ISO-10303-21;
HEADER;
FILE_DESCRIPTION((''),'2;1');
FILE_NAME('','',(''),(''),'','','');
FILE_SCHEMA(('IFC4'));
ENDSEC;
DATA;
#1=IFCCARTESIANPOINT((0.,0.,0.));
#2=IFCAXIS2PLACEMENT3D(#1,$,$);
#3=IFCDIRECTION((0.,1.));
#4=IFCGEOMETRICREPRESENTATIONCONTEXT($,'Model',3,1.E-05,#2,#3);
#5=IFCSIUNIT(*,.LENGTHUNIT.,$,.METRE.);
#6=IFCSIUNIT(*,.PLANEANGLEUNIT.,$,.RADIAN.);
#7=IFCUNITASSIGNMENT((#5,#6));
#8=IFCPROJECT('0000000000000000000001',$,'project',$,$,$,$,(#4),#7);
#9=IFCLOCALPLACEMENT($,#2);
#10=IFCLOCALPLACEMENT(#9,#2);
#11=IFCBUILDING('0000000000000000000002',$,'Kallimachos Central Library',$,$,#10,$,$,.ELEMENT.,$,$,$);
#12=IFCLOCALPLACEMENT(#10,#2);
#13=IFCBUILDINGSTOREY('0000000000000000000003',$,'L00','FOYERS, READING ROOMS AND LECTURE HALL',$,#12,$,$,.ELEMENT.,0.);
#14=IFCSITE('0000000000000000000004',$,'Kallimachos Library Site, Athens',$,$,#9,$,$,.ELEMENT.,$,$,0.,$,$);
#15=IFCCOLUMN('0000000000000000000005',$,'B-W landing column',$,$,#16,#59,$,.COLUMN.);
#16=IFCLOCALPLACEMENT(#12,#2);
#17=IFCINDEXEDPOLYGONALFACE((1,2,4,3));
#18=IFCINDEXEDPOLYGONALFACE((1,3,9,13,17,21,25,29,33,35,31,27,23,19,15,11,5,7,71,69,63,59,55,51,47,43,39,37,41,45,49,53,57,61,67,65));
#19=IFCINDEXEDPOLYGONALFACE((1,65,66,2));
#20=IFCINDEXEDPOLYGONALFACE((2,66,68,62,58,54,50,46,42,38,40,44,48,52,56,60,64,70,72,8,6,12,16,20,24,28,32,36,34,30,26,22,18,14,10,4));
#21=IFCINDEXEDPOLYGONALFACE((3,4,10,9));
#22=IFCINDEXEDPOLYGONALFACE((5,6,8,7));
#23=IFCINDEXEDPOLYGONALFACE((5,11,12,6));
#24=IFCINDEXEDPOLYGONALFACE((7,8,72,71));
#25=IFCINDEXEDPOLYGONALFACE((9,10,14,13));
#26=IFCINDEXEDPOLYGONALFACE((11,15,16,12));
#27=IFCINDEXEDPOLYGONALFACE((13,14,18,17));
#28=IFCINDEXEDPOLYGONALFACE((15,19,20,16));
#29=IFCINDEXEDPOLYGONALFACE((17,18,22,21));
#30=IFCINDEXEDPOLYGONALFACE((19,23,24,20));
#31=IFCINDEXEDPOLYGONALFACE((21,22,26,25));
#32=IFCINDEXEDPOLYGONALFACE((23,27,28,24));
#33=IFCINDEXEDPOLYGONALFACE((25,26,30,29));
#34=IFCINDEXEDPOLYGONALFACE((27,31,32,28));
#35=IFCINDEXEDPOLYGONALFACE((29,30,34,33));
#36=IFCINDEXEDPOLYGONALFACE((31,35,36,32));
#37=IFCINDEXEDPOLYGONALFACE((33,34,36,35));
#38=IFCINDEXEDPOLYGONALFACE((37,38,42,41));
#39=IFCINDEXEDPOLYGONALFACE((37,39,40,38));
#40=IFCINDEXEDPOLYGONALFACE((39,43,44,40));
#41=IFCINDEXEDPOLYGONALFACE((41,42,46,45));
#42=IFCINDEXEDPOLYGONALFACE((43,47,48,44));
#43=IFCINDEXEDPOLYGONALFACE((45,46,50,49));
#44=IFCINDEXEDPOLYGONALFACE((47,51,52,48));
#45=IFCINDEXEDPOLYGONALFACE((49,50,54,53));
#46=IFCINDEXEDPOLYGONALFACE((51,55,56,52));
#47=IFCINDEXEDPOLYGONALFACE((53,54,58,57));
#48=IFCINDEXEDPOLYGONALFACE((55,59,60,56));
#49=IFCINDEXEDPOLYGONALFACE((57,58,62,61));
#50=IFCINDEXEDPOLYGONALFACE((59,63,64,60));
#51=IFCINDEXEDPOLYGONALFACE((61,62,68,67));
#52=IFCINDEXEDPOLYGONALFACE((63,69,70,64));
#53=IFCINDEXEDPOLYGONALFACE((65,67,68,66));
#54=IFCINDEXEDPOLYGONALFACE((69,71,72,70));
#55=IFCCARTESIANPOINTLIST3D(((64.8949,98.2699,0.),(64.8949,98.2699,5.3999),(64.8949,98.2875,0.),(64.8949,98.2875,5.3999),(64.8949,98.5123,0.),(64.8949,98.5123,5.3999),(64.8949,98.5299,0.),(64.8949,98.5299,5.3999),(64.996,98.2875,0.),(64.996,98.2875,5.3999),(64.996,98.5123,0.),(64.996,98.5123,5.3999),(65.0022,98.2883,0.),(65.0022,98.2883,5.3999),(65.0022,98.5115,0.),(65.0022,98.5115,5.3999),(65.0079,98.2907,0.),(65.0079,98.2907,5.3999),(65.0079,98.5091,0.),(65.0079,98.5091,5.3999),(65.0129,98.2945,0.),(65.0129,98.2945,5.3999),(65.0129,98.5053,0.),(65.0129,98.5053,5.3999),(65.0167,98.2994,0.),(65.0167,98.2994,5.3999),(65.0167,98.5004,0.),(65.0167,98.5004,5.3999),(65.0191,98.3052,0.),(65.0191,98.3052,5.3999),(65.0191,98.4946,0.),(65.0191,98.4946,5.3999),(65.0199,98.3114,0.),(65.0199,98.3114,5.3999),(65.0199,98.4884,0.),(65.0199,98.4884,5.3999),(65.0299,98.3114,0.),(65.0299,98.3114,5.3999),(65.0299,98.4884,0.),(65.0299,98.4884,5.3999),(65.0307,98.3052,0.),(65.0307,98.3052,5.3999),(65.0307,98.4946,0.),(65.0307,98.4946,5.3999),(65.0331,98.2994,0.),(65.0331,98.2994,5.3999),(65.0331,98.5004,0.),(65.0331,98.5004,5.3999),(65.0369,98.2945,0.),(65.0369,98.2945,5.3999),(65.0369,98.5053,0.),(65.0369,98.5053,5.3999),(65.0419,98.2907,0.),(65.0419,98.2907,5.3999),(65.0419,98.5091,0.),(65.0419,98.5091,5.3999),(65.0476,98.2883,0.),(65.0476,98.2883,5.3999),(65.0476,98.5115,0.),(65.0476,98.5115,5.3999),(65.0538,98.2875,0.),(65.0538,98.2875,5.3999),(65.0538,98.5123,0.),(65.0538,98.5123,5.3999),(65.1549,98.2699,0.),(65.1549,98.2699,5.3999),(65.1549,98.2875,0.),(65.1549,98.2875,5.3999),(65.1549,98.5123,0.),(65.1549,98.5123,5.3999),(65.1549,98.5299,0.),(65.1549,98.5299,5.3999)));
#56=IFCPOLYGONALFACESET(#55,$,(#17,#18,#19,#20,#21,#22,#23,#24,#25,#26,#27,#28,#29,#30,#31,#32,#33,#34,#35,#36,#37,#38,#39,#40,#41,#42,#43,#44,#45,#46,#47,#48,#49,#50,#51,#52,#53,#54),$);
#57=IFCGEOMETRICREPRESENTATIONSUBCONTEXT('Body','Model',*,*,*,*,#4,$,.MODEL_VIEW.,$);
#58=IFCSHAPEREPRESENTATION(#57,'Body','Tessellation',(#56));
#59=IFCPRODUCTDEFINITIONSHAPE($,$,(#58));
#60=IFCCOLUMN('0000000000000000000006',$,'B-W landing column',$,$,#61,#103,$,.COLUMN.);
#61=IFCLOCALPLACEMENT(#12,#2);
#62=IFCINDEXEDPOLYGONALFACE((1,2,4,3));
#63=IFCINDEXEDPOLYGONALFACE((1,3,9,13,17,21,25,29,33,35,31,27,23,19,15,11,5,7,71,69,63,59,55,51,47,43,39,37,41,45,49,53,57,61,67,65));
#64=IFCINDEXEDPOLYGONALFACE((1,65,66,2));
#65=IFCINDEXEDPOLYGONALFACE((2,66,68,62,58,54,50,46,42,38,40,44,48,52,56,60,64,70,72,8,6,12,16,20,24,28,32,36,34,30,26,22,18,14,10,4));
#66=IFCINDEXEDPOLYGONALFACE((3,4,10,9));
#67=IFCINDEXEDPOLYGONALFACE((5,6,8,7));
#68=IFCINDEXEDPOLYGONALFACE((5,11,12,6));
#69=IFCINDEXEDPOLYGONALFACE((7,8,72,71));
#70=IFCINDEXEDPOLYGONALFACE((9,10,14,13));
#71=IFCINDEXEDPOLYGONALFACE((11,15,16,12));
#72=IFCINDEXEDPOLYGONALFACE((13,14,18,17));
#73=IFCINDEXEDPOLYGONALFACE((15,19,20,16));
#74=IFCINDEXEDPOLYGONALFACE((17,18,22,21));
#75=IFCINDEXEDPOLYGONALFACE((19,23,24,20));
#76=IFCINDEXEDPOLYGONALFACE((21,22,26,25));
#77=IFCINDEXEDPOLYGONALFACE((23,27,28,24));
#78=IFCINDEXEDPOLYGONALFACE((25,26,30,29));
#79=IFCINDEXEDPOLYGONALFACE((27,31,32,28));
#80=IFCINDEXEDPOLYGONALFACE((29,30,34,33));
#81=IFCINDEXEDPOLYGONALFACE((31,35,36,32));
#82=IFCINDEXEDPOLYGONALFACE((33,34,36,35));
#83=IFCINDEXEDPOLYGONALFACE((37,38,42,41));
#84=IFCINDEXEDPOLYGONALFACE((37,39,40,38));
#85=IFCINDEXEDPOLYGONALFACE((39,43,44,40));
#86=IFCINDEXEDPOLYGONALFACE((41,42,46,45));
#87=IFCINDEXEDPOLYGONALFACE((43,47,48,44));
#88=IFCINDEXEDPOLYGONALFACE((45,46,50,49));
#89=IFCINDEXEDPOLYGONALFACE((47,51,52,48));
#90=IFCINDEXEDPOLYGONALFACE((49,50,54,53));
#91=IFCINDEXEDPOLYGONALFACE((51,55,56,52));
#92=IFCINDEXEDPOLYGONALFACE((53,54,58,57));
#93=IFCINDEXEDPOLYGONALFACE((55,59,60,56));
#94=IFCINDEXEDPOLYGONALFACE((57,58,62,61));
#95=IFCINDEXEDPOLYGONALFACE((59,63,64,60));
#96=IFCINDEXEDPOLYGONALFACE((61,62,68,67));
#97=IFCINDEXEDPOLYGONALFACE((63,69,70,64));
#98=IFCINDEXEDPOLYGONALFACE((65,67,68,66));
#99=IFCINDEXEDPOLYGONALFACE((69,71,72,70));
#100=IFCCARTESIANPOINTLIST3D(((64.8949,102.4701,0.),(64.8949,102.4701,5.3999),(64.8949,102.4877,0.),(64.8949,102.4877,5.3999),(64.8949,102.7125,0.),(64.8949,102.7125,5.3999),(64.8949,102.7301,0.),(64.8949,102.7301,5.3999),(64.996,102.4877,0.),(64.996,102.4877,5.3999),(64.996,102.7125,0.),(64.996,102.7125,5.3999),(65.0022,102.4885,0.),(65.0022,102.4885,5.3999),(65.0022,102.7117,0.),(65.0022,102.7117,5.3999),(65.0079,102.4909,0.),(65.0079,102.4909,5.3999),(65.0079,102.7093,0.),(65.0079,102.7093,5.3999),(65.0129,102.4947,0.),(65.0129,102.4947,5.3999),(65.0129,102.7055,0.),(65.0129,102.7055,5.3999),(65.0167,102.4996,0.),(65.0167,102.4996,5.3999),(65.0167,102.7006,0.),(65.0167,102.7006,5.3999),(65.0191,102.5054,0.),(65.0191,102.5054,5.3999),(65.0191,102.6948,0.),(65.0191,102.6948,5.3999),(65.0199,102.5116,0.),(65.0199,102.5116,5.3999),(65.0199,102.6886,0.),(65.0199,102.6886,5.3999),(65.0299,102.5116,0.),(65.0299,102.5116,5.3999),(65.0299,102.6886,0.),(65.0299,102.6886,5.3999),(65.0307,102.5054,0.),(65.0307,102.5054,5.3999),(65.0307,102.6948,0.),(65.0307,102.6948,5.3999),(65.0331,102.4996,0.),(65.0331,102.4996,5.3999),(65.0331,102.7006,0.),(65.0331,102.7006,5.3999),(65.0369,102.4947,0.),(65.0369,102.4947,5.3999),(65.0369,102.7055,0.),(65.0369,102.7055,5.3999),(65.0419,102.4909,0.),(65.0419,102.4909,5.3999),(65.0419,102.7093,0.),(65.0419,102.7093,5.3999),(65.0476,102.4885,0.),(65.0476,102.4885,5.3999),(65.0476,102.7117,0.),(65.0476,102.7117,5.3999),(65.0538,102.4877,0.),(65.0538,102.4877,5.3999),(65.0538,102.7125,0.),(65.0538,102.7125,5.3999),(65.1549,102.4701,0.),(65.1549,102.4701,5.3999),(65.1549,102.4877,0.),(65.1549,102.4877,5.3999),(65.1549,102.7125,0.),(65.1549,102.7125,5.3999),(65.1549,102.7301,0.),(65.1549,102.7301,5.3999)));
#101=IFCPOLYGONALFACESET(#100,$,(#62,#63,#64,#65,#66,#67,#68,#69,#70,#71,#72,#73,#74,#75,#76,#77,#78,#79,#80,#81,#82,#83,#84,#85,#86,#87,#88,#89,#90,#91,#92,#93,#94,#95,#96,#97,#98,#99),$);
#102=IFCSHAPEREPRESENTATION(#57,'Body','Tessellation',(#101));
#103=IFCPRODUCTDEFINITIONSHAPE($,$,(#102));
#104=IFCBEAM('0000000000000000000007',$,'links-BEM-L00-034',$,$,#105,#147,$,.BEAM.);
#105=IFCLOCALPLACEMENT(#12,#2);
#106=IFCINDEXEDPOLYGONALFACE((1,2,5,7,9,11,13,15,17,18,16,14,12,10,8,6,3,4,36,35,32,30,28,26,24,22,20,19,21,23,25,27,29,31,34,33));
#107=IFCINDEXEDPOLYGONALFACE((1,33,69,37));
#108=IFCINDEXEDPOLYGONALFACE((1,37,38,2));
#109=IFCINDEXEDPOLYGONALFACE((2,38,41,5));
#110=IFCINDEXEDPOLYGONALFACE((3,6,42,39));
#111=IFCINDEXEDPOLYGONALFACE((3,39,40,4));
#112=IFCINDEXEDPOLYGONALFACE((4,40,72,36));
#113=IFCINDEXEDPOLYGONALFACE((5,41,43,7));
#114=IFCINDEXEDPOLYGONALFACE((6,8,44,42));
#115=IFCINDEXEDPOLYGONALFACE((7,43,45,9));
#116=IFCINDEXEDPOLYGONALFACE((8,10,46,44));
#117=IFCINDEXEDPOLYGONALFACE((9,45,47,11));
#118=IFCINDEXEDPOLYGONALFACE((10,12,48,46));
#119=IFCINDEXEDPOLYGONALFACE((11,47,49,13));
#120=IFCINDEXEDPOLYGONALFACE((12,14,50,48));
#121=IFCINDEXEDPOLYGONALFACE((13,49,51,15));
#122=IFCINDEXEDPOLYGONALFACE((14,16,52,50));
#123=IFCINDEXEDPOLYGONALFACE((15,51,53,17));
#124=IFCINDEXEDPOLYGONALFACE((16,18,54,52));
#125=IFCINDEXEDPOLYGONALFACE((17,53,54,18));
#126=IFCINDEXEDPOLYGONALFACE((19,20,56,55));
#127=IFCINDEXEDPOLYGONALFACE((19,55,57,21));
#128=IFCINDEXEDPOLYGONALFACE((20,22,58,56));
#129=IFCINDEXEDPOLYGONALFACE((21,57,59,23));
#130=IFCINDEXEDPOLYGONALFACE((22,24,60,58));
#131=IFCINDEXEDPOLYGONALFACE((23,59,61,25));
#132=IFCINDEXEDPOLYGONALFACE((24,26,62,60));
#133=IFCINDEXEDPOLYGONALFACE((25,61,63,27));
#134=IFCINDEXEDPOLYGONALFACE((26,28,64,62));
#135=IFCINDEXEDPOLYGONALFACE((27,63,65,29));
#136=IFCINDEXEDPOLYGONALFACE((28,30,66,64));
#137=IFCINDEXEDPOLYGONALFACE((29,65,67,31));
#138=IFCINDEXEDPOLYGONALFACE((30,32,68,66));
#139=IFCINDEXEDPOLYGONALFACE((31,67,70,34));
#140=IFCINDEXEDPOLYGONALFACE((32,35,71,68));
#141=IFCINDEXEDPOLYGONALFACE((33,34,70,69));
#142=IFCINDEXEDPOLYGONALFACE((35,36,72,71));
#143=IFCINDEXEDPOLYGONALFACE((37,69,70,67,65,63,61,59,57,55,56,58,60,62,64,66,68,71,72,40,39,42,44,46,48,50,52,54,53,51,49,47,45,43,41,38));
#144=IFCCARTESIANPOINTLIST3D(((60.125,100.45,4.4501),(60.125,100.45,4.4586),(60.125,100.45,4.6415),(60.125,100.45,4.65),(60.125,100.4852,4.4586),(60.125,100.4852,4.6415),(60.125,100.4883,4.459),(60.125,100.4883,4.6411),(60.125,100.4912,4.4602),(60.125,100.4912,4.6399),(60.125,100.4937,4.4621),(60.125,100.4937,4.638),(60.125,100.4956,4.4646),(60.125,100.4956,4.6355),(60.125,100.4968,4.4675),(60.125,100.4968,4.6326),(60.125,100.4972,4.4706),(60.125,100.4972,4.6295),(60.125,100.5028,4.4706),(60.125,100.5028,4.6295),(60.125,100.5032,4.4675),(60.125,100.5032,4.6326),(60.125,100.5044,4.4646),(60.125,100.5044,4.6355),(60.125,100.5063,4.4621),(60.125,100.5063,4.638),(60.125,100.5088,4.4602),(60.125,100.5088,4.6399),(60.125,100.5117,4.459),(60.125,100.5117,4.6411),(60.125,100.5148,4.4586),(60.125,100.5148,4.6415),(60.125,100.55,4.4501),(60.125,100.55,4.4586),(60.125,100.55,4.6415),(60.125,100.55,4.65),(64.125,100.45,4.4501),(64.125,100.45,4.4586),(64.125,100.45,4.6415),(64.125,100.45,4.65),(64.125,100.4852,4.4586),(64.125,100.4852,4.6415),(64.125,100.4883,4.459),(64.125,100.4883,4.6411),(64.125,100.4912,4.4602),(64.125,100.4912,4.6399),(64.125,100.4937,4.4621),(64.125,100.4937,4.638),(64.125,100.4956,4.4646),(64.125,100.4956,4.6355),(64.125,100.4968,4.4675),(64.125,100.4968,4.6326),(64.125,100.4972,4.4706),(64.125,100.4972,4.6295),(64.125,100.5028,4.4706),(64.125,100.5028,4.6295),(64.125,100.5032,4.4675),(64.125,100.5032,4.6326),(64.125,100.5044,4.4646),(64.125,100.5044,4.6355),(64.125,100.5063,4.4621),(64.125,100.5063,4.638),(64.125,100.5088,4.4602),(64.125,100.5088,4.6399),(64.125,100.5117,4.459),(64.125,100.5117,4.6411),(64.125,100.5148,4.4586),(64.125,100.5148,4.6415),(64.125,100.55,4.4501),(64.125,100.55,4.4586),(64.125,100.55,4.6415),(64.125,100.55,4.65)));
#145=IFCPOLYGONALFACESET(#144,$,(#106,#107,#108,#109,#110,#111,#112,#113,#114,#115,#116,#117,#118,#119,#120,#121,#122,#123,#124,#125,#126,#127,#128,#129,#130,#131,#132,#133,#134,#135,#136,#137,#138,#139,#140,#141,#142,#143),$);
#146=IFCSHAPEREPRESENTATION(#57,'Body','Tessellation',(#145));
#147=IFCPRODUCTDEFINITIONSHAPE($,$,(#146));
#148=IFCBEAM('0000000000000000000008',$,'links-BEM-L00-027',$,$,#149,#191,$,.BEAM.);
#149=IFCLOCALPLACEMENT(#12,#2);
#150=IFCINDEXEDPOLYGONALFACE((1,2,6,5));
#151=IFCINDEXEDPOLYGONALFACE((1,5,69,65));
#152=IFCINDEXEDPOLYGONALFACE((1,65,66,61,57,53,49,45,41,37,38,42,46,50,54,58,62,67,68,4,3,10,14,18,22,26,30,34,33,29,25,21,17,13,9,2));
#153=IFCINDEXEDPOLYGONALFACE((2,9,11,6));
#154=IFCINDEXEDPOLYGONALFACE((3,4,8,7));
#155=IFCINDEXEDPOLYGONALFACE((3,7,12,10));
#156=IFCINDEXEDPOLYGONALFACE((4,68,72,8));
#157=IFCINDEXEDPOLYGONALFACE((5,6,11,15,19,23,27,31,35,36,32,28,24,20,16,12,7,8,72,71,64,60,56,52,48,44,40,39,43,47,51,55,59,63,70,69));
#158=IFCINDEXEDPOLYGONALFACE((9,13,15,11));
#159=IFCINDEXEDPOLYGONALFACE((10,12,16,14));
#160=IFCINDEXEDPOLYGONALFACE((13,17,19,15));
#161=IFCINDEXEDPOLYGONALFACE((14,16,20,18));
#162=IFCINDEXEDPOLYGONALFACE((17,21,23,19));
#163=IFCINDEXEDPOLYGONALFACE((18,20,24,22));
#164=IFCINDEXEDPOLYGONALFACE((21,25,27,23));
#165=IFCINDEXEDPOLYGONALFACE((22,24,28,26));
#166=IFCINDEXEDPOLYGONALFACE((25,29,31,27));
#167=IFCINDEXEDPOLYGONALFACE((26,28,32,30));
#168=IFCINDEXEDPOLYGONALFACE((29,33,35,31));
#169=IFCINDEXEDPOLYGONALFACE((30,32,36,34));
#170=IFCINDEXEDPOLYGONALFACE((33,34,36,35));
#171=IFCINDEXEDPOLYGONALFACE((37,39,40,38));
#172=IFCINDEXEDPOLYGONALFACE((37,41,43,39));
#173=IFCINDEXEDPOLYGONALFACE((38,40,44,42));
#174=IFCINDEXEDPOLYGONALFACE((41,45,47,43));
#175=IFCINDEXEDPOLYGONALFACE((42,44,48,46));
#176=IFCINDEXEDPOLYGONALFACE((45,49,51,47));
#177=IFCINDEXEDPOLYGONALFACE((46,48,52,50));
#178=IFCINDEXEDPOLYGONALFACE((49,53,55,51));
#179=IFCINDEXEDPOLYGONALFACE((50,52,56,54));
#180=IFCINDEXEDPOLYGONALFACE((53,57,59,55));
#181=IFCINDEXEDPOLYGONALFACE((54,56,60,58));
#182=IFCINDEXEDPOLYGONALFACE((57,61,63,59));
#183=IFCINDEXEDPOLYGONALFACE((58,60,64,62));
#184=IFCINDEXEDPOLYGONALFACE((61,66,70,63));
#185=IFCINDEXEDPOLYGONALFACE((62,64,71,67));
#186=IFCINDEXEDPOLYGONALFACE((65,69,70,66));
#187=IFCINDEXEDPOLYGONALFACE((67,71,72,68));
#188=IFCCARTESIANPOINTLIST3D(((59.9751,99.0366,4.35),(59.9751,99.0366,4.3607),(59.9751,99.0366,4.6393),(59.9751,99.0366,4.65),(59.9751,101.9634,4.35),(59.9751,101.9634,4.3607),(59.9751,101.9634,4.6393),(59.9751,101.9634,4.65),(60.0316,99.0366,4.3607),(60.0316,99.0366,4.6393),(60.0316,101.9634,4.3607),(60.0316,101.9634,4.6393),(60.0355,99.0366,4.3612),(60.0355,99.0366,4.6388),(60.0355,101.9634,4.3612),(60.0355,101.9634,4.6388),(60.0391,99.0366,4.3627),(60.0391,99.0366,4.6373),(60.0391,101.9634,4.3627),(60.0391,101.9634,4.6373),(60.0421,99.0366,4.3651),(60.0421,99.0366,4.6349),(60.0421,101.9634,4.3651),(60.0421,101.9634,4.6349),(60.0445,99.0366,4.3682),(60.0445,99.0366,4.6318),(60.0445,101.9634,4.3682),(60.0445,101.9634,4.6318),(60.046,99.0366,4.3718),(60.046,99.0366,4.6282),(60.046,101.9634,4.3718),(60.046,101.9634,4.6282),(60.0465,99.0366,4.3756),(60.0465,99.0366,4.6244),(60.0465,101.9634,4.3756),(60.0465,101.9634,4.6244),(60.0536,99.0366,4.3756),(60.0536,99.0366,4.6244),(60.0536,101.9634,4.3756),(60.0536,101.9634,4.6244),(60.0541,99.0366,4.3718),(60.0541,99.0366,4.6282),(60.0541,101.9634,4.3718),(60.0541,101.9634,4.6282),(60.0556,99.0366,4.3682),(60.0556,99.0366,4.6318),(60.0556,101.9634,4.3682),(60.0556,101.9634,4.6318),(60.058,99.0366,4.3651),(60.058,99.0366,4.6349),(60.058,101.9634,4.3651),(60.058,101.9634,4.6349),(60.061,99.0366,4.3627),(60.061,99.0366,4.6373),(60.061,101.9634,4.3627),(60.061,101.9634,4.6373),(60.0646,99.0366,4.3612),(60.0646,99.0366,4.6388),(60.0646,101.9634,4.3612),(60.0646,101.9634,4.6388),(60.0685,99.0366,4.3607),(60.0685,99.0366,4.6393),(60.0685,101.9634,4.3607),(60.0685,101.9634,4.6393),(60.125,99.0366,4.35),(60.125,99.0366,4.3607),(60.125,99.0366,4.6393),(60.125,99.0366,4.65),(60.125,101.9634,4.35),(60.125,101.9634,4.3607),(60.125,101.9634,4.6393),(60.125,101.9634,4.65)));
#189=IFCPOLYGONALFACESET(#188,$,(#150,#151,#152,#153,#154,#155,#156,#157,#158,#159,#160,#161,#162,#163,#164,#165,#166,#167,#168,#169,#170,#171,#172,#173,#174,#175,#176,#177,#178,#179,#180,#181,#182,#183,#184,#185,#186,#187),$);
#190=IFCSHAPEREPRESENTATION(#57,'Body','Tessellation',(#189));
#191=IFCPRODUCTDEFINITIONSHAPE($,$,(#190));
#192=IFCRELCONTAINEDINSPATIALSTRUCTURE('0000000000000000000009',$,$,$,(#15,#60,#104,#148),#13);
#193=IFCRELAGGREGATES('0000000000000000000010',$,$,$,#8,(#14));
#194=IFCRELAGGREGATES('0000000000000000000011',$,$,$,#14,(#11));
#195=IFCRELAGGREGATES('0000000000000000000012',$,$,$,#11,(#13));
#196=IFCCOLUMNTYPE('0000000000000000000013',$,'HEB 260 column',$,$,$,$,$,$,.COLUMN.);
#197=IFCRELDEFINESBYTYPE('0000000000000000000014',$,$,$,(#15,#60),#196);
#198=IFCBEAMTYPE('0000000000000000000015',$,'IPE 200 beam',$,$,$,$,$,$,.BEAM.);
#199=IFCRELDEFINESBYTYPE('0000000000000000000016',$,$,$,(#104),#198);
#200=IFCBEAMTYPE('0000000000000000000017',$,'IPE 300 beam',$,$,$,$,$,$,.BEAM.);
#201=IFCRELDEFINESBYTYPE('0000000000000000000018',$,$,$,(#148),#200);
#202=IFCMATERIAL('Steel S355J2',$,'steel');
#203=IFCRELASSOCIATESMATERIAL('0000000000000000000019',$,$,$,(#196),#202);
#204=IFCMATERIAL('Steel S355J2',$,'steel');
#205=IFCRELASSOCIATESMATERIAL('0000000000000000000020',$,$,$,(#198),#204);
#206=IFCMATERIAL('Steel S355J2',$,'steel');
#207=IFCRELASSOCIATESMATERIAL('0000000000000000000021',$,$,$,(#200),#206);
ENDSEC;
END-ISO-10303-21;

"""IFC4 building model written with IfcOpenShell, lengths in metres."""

from ifc_helpers import new_model, si_unit, direction, frame, origin, origin_2d, place, context, subcontext, project, spatial, i_section, extrude, material, material_profile, profile_set, type_object, element, save


model = new_model("IFC4")

# Units and contexts
model_context = context("Model", 3, precision=1e-05, world=origin(), true_north=direction((0.0, 1.0)))
body_context = subcontext(model_context, "Body", "Model", "MODEL_VIEW")
ifc_project = project(units=[si_unit("LENGTHUNIT", "METRE"), si_unit("PLANEANGLEUNIT", "RADIAN")], contexts=[model_context])

# Site, building, storey
site_placement = place(None, origin())
site = spatial("IfcSite", under=ifc_project, at=site_placement, Name="Kallimachos Library Site, Athens", CompositionType="ELEMENT", RefElevation=0.0)
building_placement = place(site_placement, origin())
building = spatial("IfcBuilding", under=site, at=building_placement, Name="Kallimachos Central Library", CompositionType="ELEMENT")
storey_placement = place(building_placement, origin())
storey = spatial("IfcBuildingStorey", under=building, at=storey_placement, Name="L00", Description="FOYERS, READING ROOMS AND LECTURE HALL", CompositionType="ELEMENT", Elevation=0.0)

# Columns
ifc_material_1 = material(Name="Steel S355J2", Category="steel")
ifc_material_profile_1 = material_profile(ifc_material_1, i_section(OverallWidth=0.26, OverallDepth=0.26, WebThickness=0.01, FlangeThickness=0.0176, FilletRadius=0.0239, at=origin_2d()), Name="HEB 260")
ifc_profile_set_1 = profile_set([ifc_material_profile_1], Name="Steel S355J2")
column_type_1 = type_object("IfcColumnType", Name="HEB 260 column", PredefinedType="COLUMN", material=ifc_profile_set_1)
for number, where, z_axis, x_axis, name in (
    (1, (65.0249, 98.3999, 0.0), (0.0, 0.0, 1.0), (1.0, 0.0, 0.0), "B-W landing column"),
    (2, (65.0249, 102.6001, 0.0), (0.0, 0.0, 1.0), (1.0, 0.0, 0.0), "B-W landing column"),
):
    element("IfcColumn", number, at=place(storey_placement, frame(where, z_axis=z_axis, x_axis=x_axis)), inside=storey, type_object=column_type_1, Name=name, PredefinedType="COLUMN", context=body_context, shape_type="SweptSolid", body=[
        extrude(i_section(OverallWidth=0.26, OverallDepth=0.26, WebThickness=0.01, FlangeThickness=0.0176, FilletRadius=0.0239, at=origin_2d()), origin(), (0.0, 0.0, 1.0), 5.3999),
    ])

# Beams
ifc_material_2 = material(Name="Steel S355J2", Category="steel")
ifc_material_profile_2 = material_profile(ifc_material_2, i_section(OverallWidth=0.1001, OverallDepth=0.2, WebThickness=0.0056, FlangeThickness=0.0085, FilletRadius=0.012, at=origin_2d()), Name="IPE 200")
ifc_profile_set_2 = profile_set([ifc_material_profile_2], Name="Steel S355J2")
beam_type_1 = type_object("IfcBeamType", Name="IPE 200 beam", PredefinedType="BEAM", material=ifc_profile_set_2)
beam_placement = place(storey_placement, frame((60.125, 100.5, 4.55), z_axis=(1.0, 0.0, 0.0), x_axis=(0.0, 1.0, 0.0)))
element("IfcBeam", 3, at=beam_placement, inside=storey, type_object=beam_type_1, Name="links-BEM-L00-034", PredefinedType="BEAM", context=body_context, shape_type="SweptSolid", body=[
    extrude(i_section(OverallWidth=0.1001, OverallDepth=0.2, WebThickness=0.0056, FlangeThickness=0.0085, FilletRadius=0.012, at=origin_2d()), origin(), (0.0, 0.0, 1.0), 4.0),
])
ifc_material_3 = material(Name="Steel S355J2", Category="steel")
ifc_material_profile_3 = material_profile(ifc_material_3, i_section(OverallWidth=0.1499, OverallDepth=0.3, WebThickness=0.0071, FlangeThickness=0.0107, FilletRadius=0.0149, at=origin_2d()), Name="IPE 300")
ifc_profile_set_3 = profile_set([ifc_material_profile_3], Name="Steel S355J2")
beam_type_2 = type_object("IfcBeamType", Name="IPE 300 beam", PredefinedType="BEAM", material=ifc_profile_set_3)
for number, where, z_axis, x_axis, name in (
    (4, (60.05, 99.0366, 4.5), (0.0, 1.0, 0.0), (-1.0, 0.0, 0.0), "links-BEM-L00-027"),
):
    element("IfcBeam", number, at=place(storey_placement, frame(where, z_axis=z_axis, x_axis=x_axis)), inside=storey, type_object=beam_type_2, Name=name, PredefinedType="BEAM", context=body_context, shape_type="SweptSolid", body=[
        extrude(i_section(OverallWidth=0.1499, OverallDepth=0.3, WebThickness=0.0071, FlangeThickness=0.0107, FilletRadius=0.0149, at=origin_2d()), origin(), (0.0, 0.0, 1.0), 2.9268),
    ])

save(model, "model.ifc")
